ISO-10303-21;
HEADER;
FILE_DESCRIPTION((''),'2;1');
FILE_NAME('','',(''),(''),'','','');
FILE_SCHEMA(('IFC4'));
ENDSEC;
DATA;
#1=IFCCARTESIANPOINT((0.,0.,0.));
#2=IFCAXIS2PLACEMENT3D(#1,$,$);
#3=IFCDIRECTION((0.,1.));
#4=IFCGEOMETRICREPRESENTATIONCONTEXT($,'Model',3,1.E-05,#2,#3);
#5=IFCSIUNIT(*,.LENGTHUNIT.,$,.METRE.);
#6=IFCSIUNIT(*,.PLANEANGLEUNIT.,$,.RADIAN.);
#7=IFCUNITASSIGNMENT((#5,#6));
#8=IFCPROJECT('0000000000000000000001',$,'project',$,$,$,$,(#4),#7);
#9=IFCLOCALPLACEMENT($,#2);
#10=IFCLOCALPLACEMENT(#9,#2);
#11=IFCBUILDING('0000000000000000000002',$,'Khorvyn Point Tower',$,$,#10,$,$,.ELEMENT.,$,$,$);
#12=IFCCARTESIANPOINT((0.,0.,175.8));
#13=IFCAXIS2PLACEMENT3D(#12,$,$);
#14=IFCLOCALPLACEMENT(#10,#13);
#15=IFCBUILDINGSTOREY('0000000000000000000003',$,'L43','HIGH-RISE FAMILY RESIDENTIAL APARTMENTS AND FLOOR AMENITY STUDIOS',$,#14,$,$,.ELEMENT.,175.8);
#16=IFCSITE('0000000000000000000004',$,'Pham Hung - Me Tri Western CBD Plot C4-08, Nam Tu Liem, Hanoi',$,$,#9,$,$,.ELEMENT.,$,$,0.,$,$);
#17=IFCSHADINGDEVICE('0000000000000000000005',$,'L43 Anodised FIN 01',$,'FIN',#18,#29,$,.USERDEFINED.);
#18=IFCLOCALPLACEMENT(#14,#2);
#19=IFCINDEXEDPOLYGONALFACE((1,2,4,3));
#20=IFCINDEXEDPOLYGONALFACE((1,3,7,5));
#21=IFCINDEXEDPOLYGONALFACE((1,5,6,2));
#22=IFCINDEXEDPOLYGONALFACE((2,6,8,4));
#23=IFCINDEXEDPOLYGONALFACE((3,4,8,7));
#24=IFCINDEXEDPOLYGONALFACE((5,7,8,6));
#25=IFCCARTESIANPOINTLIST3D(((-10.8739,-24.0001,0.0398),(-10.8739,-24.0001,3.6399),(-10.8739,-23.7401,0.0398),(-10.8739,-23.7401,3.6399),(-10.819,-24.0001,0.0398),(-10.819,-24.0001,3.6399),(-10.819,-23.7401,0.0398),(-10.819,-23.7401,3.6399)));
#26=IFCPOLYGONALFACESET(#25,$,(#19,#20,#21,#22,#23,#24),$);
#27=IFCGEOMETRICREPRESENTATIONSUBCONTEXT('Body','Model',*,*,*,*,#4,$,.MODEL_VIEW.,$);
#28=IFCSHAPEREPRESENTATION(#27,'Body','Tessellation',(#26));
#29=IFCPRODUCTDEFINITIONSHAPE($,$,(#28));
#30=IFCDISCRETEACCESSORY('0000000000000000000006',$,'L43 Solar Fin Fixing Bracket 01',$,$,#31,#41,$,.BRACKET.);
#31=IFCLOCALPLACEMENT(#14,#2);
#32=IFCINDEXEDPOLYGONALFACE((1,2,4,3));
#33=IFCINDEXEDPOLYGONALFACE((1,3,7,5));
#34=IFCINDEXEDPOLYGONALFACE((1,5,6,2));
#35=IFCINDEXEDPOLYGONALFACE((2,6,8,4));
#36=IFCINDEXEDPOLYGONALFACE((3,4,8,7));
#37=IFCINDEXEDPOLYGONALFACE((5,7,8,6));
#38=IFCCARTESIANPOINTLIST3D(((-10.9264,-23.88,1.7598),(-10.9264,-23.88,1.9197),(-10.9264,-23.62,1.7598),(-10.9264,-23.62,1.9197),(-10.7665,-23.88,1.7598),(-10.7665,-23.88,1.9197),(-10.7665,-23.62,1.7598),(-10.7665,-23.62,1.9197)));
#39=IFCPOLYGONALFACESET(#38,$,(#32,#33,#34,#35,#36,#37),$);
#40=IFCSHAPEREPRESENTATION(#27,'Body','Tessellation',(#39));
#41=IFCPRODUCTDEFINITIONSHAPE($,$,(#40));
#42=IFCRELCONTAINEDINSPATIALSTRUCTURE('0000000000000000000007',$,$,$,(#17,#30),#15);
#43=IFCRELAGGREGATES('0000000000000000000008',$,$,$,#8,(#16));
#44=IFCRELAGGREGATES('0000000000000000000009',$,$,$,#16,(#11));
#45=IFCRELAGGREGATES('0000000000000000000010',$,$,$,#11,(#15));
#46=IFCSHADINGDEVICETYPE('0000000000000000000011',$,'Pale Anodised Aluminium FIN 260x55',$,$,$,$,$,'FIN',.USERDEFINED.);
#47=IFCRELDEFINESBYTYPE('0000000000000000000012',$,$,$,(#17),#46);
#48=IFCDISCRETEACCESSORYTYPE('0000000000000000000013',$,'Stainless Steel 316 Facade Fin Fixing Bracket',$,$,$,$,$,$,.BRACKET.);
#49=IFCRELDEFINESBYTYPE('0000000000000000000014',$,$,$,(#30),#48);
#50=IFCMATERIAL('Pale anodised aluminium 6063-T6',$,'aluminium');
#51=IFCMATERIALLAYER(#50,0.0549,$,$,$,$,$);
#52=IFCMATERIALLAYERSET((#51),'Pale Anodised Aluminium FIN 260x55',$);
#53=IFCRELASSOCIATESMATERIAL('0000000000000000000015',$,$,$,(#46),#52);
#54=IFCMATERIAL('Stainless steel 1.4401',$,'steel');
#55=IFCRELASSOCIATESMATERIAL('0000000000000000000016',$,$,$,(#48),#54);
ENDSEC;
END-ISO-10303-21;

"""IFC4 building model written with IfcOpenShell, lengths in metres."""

from ifc_helpers import new_model, si_unit, direction, frame, origin, origin_2d, place, context, subcontext, project, spatial, rectangle, extrude, material, layer, layer_set, type_object, element, save


model = new_model("IFC4")

# Units and contexts
model_context = context("Model", 3, precision=1e-05, world=origin(), true_north=direction((0.0, 1.0)))
body_context = subcontext(model_context, "Body", "Model", "MODEL_VIEW")
ifc_project = project(units=[si_unit("LENGTHUNIT", "METRE"), si_unit("PLANEANGLEUNIT", "RADIAN")], contexts=[model_context])

# Site, building, storey
site_placement = place(None, origin())
site = spatial("IfcSite", under=ifc_project, at=site_placement, Name="Pham Hung - Me Tri Western CBD Plot C4-08, Nam Tu Liem, Hanoi", CompositionType="ELEMENT", RefElevation=0.0)
building_placement = place(site_placement, origin())
building = spatial("IfcBuilding", under=site, at=building_placement, Name="Khorvyn Point Tower", CompositionType="ELEMENT")
storey_placement = place(building_placement, frame((0.0, 0.0, 175.8)))
storey = spatial("IfcBuildingStorey", under=building, at=storey_placement, Name="L43", Description="HIGH-RISE FAMILY RESIDENTIAL APARTMENTS AND FLOOR AMENITY STUDIOS", CompositionType="ELEMENT", Elevation=175.8)

# Shading device
ifc_material_1 = material(Name="Pale anodised aluminium 6063-T6", Category="aluminium")
ifc_layer_1 = layer(ifc_material_1, 0.0549)
ifc_layer_set_1 = layer_set([ifc_layer_1], Name="Pale Anodised Aluminium FIN 260x55")
shading_device_type = type_object("IfcShadingDeviceType", Name="Pale Anodised Aluminium FIN 260x55", ElementType="FIN", PredefinedType="USERDEFINED", material=ifc_layer_set_1)
shading_device_placement = place(storey_placement, frame((-10.8464, -23.8701, 0.0398), z_axis=(0.0, 0.0, 1.0), x_axis=(0.0, -1.0, 0.0)))
element("IfcShadingDevice", 1, at=shading_device_placement, inside=storey, type_object=shading_device_type, Name="L43 Anodised FIN 01", ObjectType="FIN", PredefinedType="USERDEFINED", context=body_context, shape_type="SweptSolid", body=[
    extrude(rectangle(XDim=0.26, YDim=0.0549, at=origin_2d()), origin(), (0.0, 0.0, 1.0), 3.6001),
])

# Discrete accessory
ifc_material_2 = material(Name="Stainless steel 1.4401", Category="steel")
discrete_accessory_type = type_object("IfcDiscreteAccessoryType", Name="Stainless Steel 316 Facade Fin Fixing Bracket", PredefinedType="BRACKET", material=ifc_material_2)
discrete_accessory_placement = place(storey_placement, frame((-10.8464, -23.75, 1.7598), z_axis=(0.0, 0.0, 1.0), x_axis=(-1.0, 0.0, 0.0)))
element("IfcDiscreteAccessory", 2, at=discrete_accessory_placement, inside=storey, type_object=discrete_accessory_type, Name="L43 Solar Fin Fixing Bracket 01", PredefinedType="BRACKET", context=body_context, shape_type="SweptSolid", body=[
    extrude(rectangle(XDim=0.1599, YDim=0.26, at=origin_2d()), origin(), (0.0, 0.0, 1.0), 0.1599),
])

save(model, "model.ifc")
